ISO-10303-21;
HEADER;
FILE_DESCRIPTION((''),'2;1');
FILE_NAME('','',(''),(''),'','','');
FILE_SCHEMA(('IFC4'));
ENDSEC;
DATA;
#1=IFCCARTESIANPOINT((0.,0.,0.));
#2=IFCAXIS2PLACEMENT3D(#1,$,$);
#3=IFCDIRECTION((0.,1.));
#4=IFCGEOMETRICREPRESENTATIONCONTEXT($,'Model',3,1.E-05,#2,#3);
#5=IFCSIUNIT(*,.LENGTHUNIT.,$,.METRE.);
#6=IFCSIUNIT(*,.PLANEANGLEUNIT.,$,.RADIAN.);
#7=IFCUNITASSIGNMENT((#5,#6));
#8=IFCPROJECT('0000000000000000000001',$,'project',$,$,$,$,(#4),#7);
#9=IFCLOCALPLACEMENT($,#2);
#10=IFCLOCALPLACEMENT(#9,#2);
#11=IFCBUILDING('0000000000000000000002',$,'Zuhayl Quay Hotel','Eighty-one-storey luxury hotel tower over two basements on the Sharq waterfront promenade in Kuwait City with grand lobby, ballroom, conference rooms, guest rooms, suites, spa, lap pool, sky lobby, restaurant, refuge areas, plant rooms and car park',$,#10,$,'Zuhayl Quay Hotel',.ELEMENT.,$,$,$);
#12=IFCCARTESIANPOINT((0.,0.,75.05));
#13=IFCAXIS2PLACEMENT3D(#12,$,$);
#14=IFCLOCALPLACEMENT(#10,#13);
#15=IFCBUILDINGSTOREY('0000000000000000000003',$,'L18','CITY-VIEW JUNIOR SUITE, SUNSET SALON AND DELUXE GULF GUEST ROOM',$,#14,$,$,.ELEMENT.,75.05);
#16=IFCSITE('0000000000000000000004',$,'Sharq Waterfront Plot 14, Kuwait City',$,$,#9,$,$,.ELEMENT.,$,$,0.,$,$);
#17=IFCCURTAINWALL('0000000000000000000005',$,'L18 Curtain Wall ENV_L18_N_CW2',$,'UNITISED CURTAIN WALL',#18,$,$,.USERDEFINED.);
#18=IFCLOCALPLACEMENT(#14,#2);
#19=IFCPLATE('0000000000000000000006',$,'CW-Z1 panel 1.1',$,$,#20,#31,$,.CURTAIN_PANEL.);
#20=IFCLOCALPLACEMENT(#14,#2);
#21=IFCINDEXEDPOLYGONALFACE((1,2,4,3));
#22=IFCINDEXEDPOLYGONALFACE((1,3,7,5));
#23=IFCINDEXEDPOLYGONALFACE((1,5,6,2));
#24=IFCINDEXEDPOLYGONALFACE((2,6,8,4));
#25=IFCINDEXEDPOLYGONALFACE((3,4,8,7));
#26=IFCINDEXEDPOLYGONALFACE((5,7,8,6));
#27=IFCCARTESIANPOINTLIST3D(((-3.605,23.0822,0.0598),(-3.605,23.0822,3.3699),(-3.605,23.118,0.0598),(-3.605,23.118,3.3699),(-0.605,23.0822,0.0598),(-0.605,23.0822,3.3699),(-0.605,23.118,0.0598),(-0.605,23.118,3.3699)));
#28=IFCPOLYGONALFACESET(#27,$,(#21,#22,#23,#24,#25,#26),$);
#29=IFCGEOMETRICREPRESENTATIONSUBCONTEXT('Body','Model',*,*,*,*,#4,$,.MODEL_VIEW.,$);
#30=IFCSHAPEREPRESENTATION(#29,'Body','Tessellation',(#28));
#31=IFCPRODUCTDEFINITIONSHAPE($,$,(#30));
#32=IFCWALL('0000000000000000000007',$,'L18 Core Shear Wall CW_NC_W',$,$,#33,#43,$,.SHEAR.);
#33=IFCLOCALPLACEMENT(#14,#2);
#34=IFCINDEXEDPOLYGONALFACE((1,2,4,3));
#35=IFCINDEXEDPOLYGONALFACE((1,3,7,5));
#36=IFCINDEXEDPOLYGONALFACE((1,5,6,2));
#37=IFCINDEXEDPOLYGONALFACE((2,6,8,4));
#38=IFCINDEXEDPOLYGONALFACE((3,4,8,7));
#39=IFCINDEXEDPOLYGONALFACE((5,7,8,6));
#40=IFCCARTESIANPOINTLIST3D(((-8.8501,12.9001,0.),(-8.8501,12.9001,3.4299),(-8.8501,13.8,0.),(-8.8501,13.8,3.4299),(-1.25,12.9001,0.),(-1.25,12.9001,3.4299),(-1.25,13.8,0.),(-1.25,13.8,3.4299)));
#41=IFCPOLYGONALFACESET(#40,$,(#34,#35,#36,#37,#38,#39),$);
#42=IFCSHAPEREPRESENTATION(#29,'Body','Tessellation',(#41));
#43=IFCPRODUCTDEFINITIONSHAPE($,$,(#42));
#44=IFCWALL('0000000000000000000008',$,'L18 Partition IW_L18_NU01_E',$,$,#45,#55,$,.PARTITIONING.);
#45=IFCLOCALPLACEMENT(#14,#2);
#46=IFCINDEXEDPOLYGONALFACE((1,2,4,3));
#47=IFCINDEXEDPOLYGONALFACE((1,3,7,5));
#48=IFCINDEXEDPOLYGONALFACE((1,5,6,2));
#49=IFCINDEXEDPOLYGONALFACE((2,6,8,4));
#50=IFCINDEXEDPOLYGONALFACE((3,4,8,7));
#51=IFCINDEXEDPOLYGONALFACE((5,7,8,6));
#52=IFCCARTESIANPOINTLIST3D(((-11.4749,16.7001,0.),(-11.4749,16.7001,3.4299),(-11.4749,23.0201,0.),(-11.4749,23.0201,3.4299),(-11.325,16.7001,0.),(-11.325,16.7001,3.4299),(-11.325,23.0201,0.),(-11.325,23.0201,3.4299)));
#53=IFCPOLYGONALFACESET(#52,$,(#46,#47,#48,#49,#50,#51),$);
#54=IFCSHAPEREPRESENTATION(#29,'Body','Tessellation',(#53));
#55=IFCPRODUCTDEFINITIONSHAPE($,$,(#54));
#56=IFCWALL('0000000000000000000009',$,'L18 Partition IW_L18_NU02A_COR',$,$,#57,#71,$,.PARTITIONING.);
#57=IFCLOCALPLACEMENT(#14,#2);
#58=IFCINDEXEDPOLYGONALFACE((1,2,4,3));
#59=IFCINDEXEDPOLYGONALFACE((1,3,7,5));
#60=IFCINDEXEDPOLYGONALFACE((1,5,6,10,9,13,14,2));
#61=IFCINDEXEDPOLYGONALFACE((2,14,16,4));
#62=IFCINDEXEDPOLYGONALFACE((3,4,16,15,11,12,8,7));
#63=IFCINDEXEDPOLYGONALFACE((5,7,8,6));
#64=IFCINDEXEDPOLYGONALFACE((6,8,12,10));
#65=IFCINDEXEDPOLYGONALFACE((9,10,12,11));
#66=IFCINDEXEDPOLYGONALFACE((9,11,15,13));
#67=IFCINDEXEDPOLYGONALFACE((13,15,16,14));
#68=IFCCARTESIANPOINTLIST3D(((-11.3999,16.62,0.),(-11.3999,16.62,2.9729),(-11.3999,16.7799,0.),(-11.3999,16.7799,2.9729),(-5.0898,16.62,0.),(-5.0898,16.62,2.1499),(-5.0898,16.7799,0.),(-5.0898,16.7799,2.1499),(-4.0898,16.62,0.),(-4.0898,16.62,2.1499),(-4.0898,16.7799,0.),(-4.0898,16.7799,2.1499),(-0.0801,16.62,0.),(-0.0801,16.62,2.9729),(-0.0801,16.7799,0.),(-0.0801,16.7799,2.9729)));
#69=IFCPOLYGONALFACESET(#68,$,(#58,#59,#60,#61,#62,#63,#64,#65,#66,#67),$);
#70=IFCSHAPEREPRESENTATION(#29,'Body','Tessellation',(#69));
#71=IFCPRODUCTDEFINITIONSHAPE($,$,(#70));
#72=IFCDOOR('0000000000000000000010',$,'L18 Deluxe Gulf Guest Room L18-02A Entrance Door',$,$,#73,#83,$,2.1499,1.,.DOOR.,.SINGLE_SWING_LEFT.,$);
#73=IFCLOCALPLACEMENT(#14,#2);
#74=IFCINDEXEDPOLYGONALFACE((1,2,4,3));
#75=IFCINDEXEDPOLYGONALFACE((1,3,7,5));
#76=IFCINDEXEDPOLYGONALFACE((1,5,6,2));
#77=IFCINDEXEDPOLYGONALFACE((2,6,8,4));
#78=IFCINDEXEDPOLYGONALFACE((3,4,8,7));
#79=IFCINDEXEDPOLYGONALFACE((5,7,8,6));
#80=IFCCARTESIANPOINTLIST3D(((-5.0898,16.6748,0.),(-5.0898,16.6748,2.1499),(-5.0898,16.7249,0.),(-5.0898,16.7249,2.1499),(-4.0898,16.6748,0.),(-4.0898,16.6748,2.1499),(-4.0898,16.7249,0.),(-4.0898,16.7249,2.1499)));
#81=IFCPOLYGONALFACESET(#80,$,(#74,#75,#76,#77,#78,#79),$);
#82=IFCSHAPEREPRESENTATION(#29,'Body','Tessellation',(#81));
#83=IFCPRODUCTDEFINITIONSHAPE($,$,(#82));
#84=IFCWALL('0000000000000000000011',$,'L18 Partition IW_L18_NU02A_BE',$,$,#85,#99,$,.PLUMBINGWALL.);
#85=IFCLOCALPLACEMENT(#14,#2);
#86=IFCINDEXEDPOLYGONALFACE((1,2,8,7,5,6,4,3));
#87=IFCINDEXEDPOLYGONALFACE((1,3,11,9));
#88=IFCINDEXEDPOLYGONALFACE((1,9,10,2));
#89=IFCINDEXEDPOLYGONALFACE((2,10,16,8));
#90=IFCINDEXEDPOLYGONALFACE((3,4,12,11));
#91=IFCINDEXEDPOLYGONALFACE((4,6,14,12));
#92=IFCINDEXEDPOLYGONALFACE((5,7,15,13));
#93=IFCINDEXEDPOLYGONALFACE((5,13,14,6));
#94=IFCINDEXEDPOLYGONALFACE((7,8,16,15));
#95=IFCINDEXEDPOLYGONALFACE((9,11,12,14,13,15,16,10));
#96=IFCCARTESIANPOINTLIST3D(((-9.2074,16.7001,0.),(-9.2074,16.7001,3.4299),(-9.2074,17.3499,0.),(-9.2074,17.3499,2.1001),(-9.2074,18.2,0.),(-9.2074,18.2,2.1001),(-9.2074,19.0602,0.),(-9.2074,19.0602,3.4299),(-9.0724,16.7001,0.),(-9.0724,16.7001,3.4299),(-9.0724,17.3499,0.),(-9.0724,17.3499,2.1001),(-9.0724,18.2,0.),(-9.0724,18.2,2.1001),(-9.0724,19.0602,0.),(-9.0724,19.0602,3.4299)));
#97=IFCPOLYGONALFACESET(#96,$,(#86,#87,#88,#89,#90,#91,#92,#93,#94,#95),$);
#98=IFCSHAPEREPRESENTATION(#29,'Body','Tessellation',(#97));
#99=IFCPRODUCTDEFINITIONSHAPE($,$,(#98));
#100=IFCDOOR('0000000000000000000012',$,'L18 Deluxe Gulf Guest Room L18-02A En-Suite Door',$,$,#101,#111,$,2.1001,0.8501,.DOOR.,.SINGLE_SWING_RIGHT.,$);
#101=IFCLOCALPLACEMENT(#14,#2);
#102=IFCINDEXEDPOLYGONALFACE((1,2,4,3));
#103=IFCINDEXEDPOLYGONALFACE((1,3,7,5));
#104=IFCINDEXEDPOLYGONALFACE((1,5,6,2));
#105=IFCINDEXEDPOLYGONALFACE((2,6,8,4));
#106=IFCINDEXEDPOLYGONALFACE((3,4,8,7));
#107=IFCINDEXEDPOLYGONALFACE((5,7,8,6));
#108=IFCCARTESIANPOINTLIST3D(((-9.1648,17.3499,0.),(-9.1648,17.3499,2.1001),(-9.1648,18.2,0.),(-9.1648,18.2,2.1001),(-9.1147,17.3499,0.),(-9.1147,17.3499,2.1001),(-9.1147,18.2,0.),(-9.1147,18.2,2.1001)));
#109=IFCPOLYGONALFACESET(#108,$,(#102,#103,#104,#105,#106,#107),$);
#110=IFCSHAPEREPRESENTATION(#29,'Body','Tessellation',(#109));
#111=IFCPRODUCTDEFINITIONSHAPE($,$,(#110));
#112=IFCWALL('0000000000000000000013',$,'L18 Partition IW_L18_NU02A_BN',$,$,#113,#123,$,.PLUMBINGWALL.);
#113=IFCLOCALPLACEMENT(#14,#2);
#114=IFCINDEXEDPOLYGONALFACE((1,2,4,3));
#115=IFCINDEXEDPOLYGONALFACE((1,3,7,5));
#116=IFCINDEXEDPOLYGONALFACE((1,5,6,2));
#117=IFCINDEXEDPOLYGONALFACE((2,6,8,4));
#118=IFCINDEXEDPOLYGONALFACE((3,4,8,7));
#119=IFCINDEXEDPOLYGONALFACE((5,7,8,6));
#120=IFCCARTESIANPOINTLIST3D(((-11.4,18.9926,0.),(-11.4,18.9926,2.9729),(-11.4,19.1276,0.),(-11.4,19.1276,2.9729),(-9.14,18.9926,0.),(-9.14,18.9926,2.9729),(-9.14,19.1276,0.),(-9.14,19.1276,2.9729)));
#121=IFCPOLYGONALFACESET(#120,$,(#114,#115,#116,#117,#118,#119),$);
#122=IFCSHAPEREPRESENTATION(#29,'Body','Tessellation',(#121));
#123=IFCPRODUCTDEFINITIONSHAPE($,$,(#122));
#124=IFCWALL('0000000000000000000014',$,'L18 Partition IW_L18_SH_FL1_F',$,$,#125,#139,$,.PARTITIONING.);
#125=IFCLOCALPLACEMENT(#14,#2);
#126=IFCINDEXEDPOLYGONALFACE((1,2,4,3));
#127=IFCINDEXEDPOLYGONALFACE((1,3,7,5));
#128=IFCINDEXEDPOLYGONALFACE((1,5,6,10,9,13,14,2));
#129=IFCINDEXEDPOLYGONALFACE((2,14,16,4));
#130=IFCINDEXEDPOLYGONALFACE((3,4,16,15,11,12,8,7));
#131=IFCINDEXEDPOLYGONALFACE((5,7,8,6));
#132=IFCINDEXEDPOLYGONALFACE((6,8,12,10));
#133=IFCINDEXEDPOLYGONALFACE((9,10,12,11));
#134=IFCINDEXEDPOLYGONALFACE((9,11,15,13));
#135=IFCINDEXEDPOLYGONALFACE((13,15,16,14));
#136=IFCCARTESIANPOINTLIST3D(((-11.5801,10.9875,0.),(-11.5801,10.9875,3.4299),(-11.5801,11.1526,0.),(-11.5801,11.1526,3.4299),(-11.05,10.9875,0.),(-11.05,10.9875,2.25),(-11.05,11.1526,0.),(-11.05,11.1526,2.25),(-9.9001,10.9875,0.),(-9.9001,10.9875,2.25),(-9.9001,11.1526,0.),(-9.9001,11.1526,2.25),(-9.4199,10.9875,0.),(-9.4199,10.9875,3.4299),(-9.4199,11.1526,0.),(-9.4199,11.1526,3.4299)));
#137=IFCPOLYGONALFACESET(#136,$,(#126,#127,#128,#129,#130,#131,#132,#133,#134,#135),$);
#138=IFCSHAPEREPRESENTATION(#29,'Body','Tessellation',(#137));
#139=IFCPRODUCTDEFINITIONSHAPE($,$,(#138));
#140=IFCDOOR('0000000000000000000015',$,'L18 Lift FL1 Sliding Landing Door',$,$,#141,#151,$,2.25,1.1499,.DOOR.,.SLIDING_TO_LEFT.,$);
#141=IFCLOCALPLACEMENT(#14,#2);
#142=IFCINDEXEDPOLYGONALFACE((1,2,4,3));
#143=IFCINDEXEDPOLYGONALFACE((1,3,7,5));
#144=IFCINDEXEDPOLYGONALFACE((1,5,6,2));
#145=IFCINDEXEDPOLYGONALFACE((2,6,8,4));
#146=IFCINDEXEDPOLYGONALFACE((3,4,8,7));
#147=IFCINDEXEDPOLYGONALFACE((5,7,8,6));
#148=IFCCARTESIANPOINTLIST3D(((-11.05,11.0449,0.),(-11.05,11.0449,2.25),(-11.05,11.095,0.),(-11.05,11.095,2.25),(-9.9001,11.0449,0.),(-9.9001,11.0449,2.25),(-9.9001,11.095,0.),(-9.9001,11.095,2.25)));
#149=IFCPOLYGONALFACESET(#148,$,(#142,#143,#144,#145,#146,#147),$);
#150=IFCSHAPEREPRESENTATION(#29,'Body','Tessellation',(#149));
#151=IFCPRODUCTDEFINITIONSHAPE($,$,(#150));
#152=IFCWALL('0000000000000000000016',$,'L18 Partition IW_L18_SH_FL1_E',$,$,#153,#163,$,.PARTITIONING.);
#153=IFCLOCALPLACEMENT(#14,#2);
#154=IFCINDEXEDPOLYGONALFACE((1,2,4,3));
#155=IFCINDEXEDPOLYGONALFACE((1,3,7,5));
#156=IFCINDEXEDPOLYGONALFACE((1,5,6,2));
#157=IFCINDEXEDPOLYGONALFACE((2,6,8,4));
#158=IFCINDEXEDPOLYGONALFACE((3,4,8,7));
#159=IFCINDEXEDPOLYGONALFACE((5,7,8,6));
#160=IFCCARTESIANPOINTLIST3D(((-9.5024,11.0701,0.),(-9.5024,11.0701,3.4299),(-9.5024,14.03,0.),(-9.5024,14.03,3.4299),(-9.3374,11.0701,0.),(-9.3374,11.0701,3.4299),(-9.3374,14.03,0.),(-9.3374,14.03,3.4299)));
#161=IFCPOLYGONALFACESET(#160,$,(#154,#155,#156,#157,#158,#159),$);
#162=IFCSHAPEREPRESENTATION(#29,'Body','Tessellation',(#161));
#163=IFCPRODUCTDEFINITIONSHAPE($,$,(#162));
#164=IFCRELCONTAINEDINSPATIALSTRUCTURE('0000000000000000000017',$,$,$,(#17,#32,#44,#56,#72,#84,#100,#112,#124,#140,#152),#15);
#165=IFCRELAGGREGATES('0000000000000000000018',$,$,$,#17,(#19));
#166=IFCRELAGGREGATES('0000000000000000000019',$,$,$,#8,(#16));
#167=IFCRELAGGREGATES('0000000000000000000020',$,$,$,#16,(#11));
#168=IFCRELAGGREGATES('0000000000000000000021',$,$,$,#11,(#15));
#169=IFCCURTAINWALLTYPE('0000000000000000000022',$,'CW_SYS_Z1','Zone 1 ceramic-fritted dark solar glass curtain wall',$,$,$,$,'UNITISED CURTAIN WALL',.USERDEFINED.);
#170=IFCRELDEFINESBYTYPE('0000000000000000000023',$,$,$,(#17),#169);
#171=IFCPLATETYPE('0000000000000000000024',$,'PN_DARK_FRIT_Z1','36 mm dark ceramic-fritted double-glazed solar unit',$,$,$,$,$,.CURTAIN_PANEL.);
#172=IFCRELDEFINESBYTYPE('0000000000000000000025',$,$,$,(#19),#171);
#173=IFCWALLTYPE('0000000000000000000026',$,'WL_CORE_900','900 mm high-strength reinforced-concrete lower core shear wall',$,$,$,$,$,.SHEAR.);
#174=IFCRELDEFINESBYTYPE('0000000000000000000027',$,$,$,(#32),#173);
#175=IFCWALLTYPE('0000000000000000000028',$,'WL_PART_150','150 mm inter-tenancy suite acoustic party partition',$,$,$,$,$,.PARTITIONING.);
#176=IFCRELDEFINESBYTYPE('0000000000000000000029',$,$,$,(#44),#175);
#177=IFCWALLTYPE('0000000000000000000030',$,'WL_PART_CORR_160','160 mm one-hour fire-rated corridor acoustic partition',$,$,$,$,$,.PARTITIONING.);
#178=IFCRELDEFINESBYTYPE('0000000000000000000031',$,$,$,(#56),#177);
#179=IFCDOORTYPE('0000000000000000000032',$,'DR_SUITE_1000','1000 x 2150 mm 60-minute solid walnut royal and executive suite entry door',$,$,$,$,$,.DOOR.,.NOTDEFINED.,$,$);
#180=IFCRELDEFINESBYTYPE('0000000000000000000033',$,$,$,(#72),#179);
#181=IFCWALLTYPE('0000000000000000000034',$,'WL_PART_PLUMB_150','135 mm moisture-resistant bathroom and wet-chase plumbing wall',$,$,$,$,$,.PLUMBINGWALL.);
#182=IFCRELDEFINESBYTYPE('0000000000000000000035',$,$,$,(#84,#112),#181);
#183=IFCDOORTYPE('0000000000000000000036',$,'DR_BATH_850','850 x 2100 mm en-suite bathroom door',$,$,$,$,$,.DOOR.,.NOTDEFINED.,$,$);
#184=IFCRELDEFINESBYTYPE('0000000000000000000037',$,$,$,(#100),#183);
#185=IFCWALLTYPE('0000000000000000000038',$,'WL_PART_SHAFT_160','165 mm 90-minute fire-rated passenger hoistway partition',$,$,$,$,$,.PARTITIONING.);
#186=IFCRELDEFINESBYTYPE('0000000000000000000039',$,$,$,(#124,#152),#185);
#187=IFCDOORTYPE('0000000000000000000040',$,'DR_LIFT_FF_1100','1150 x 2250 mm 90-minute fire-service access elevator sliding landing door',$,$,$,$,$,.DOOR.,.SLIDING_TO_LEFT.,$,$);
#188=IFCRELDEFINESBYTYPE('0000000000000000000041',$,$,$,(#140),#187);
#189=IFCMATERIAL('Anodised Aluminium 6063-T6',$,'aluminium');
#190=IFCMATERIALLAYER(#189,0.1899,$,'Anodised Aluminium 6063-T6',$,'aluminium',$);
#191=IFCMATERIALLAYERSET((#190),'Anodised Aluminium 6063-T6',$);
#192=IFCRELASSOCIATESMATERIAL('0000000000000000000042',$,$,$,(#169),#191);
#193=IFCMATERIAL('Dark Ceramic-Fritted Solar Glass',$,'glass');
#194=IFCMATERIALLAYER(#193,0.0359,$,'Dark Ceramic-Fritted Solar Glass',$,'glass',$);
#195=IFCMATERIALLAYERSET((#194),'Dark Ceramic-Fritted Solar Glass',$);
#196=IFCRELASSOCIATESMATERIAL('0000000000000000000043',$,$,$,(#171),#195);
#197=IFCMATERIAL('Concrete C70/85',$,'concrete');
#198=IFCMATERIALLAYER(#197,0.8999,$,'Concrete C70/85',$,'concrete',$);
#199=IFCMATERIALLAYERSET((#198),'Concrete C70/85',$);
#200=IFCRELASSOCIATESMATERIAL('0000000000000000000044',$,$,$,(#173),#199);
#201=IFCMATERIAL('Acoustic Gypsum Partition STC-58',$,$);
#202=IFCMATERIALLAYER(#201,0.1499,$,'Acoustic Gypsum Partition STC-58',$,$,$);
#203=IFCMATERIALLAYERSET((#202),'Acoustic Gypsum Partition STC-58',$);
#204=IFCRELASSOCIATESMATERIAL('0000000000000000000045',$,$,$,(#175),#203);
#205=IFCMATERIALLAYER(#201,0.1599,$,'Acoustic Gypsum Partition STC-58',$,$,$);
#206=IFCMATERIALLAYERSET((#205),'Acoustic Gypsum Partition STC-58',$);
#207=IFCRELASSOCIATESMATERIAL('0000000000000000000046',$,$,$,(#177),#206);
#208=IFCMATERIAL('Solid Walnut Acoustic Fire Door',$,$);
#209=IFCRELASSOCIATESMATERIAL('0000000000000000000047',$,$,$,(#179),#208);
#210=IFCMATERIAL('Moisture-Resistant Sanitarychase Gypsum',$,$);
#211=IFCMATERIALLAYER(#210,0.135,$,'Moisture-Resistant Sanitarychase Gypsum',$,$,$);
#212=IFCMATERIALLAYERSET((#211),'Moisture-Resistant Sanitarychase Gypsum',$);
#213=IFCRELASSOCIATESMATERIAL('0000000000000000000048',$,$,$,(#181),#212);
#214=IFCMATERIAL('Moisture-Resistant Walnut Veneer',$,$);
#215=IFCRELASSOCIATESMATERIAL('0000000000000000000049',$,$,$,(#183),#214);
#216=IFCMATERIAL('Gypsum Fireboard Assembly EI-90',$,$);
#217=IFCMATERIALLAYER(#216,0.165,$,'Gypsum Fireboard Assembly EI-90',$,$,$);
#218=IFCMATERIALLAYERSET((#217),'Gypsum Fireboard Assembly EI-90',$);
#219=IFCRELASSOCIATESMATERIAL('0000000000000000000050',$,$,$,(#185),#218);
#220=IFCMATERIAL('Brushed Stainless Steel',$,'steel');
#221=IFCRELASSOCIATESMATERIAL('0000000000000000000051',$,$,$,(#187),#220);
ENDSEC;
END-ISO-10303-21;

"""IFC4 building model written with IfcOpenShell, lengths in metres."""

from ifc_helpers import new_model, si_unit, direction, frame, frame_2d, origin, origin_2d, place, context, subcontext, project, spatial, rectangle, extrude, material, layer, layer_set, type_object, element, fill, aggregate, save


model = new_model("IFC4")

# Units and contexts
model_context = context("Model", 3, precision=1e-05, world=origin(), true_north=direction((0.0, 1.0)))
body_context = subcontext(model_context, "Body", "Model", "MODEL_VIEW")
ifc_project = project(units=[si_unit("LENGTHUNIT", "METRE"), si_unit("PLANEANGLEUNIT", "RADIAN")], contexts=[model_context])

# Site, building, storey
site_placement = place(None, origin())
site = spatial("IfcSite", under=ifc_project, at=site_placement, Name="Sharq Waterfront Plot 14, Kuwait City", CompositionType="ELEMENT", RefElevation=0.0)
building_placement = place(site_placement, origin())
building = spatial("IfcBuilding", under=site, at=building_placement, Name="Zuhayl Quay Hotel", Description="Eighty-one-storey luxury hotel tower over two basements on the Sharq waterfront promenade in Kuwait City with grand lobby, ballroom, conference rooms, guest rooms, suites, spa, lap pool, sky lobby, restaurant, refuge areas, plant rooms and car park", LongName="Zuhayl Quay Hotel", CompositionType="ELEMENT")
storey_placement = place(building_placement, frame((0.0, 0.0, 75.05)))
storey = spatial("IfcBuildingStorey", under=building, at=storey_placement, Name="L18", Description="CITY-VIEW JUNIOR SUITE, SUNSET SALON AND DELUXE GULF GUEST ROOM", CompositionType="ELEMENT", Elevation=75.05)

# Shared definitions
ifc_material_1 = material(Name="Concrete C70/85", Category="concrete")

# Curtain wall, plate
ifc_material_2 = material(Name="Anodised Aluminium 6063-T6", Category="aluminium")
ifc_layer_1 = layer(ifc_material_2, 0.1899, Name="Anodised Aluminium 6063-T6", Category="aluminium")
ifc_layer_set_1 = layer_set([ifc_layer_1], Name="Anodised Aluminium 6063-T6")
curtain_wall_type = type_object("IfcCurtainWallType", Name="CW_SYS_Z1", Description="Zone 1 ceramic-fritted dark solar glass curtain wall", ElementType="UNITISED CURTAIN WALL", PredefinedType="USERDEFINED", material=ifc_layer_set_1)
curtain_wall_placement = place(storey_placement, origin())
curtain_wall = element("IfcCurtainWall", 1, at=curtain_wall_placement, inside=storey, type_object=curtain_wall_type, Name="L18 Curtain Wall ENV_L18_N_CW2", ObjectType="UNITISED CURTAIN WALL", PredefinedType="USERDEFINED")
ifc_material_3 = material(Name="Dark Ceramic-Fritted Solar Glass", Category="glass")
ifc_layer_2 = layer(ifc_material_3, 0.0359, Name="Dark Ceramic-Fritted Solar Glass", Category="glass")
ifc_layer_set_2 = layer_set([ifc_layer_2], Name="Dark Ceramic-Fritted Solar Glass")
plate_type = type_object("IfcPlateType", Name="PN_DARK_FRIT_Z1", Description="36 mm dark ceramic-fritted double-glazed solar unit", PredefinedType="CURTAIN_PANEL", material=ifc_layer_set_2)
plate_placement = place(storey_placement, frame((-2.105, 23.1001, 0.0598), z_axis=(0.0, 0.0, 1.0), x_axis=(1.0, 0.0, 0.0)))
plate = element("IfcPlate", 2, at=plate_placement, type_object=plate_type, Name="CW-Z1 panel 1.1", PredefinedType="CURTAIN_PANEL", context=body_context, shape_type="SweptSolid", body=[
    extrude(rectangle(XDim=3.0, YDim=0.0359, at=origin_2d()), origin(), (0.0, 0.0, 1.0), 3.3101),
])
aggregate(curtain_wall, [plate])

# Walls
ifc_layer_3 = layer(ifc_material_1, 0.8999, Name="Concrete C70/85", Category="concrete")
ifc_layer_set_3 = layer_set([ifc_layer_3], Name="Concrete C70/85")
wall_type_1 = type_object("IfcWallType", Name="WL_CORE_900", Description="900 mm high-strength reinforced-concrete lower core shear wall", PredefinedType="SHEAR", material=ifc_layer_set_3)
wall_1_placement = place(storey_placement, frame((-8.8501, 13.3501, 0.0), z_axis=(0.0, 0.0, 1.0), x_axis=(1.0, 0.0, 0.0)))
element("IfcWall", 3, at=wall_1_placement, inside=storey, type_object=wall_type_1, Name="L18 Core Shear Wall CW_NC_W", PredefinedType="SHEAR", context=body_context, shape_type="SweptSolid", body=[
    extrude(rectangle(XDim=7.6001, YDim=0.8999, at=frame_2d((3.8, 0.0))), origin(), (0.0, 0.0, 1.0), 3.4299),
])
ifc_material_4 = material(Name="Acoustic Gypsum Partition STC-58")
ifc_layer_4 = layer(ifc_material_4, 0.1499, Name="Acoustic Gypsum Partition STC-58")
ifc_layer_set_4 = layer_set([ifc_layer_4], Name="Acoustic Gypsum Partition STC-58")
wall_type_2 = type_object("IfcWallType", Name="WL_PART_150", Description="150 mm inter-tenancy suite acoustic party partition", PredefinedType="PARTITIONING", material=ifc_layer_set_4)
wall_2_placement = place(storey_placement, frame((-11.3999, 16.7, 0.0), z_axis=(0.0, 0.0, 1.0), x_axis=(0.0, 1.0, 0.0)))
element("IfcWall", 4, at=wall_2_placement, inside=storey, type_object=wall_type_2, Name="L18 Partition IW_L18_NU01_E", PredefinedType="PARTITIONING", context=body_context, shape_type="SweptSolid", body=[
    extrude(rectangle(XDim=6.3201, YDim=0.1499, at=frame_2d((3.1602, 0.0))), origin(), (0.0, 0.0, 1.0), 3.4299),
])

# Walls, openings, doors
ifc_layer_5 = layer(ifc_material_4, 0.1599, Name="Acoustic Gypsum Partition STC-58")
ifc_layer_set_5 = layer_set([ifc_layer_5], Name="Acoustic Gypsum Partition STC-58")
wall_type_3 = type_object("IfcWallType", Name="WL_PART_CORR_160", Description="160 mm one-hour fire-rated corridor acoustic partition", PredefinedType="PARTITIONING", material=ifc_layer_set_5)
wall_3_placement = place(storey_placement, frame((-11.3999, 16.7, 0.0), z_axis=(0.0, 0.0, 1.0), x_axis=(1.0, 0.0, 0.0)))
wall_3 = element("IfcWall", 5, at=wall_3_placement, inside=storey, type_object=wall_type_3, Name="L18 Partition IW_L18_NU02A_COR", PredefinedType="PARTITIONING", context=body_context, shape_type="SweptSolid", body=[
    extrude(rectangle(XDim=11.3198, YDim=0.1599, at=frame_2d((5.6599, 0.0))), origin(), (0.0, 0.0, 1.0), 2.9729),
])
opening_1_placement = place(wall_3_placement, frame((6.3101, 0.0, 0.0)))
opening_1 = element("IfcOpeningElement", 6, at=opening_1_placement, cuts=wall_3, PredefinedType="OPENING", context=body_context, shape_type="SweptSolid", body=[
    extrude(rectangle(XDim=1.0, YDim=2.1499, at=frame_2d((0.5, 1.075))), frame((0.0, 0.0898, 0.0), z_axis=(0.0, -1.0, 0.0), x_axis=(1.0, 0.0, 0.0)), (0.0, 0.0, 1.0), 0.1799),
])
ifc_material_5 = material(Name="Solid Walnut Acoustic Fire Door")
door_type_1 = type_object("IfcDoorType", Name="DR_SUITE_1000", Description="1000 x 2150 mm 60-minute solid walnut royal and executive suite entry door", OperationType="NOTDEFINED", PredefinedType="DOOR", material=ifc_material_5)
door_1_placement = place(opening_1_placement, origin())
door_1 = element("IfcDoor", 7, at=door_1_placement, inside=storey, type_object=door_type_1, Name="L18 Deluxe Gulf Guest Room L18-02A Entrance Door", OperationType="SINGLE_SWING_LEFT", OverallHeight=2.1499, OverallWidth=1.0, PredefinedType="DOOR", context=body_context, shape_type="SweptSolid", body=[
    extrude(rectangle(XDim=1.0, YDim=2.1499, at=frame_2d((0.5, 1.075))), frame((0.0, 0.0249, 0.0), z_axis=(0.0, -1.0, 0.0), x_axis=(1.0, 0.0, 0.0)), (0.0, 0.0, 1.0), 0.05),
])
fill(opening_1, door_1)
ifc_material_6 = material(Name="Moisture-Resistant Sanitarychase Gypsum")
ifc_layer_6 = layer(ifc_material_6, 0.135, Name="Moisture-Resistant Sanitarychase Gypsum")
ifc_layer_set_6 = layer_set([ifc_layer_6], Name="Moisture-Resistant Sanitarychase Gypsum")
wall_type_4 = type_object("IfcWallType", Name="WL_PART_PLUMB_150", Description="135 mm moisture-resistant bathroom and wet-chase plumbing wall", PredefinedType="PLUMBINGWALL", material=ifc_layer_set_6)
wall_4_placement = place(storey_placement, frame((-9.1399, 16.7, 0.0), z_axis=(0.0, 0.0, 1.0), x_axis=(0.0, 1.0, 0.0)))
wall_4 = element("IfcWall", 8, at=wall_4_placement, inside=storey, type_object=wall_type_4, Name="L18 Partition IW_L18_NU02A_BE", PredefinedType="PLUMBINGWALL", context=body_context, shape_type="SweptSolid", body=[
    extrude(rectangle(XDim=2.3601, YDim=0.135, at=frame_2d((1.1802, 0.0))), origin(), (0.0, 0.0, 1.0), 3.4299),
])
opening_2_placement = place(wall_4_placement, frame((0.6499, 0.0, 0.0)))
opening_2 = element("IfcOpeningElement", 9, at=opening_2_placement, cuts=wall_4, PredefinedType="OPENING", context=body_context, shape_type="SweptSolid", body=[
    extrude(rectangle(XDim=0.8501, YDim=2.1001, at=frame_2d((0.425, 1.05))), frame((0.0, 0.0774, 0.0), z_axis=(0.0, -1.0, 0.0), x_axis=(1.0, 0.0, 0.0)), (0.0, 0.0, 1.0), 0.155),
])
ifc_material_7 = material(Name="Moisture-Resistant Walnut Veneer")
door_type_2 = type_object("IfcDoorType", Name="DR_BATH_850", Description="850 x 2100 mm en-suite bathroom door", OperationType="NOTDEFINED", PredefinedType="DOOR", material=ifc_material_7)
door_2_placement = place(opening_2_placement, origin())
door_2 = element("IfcDoor", 10, at=door_2_placement, inside=storey, type_object=door_type_2, Name="L18 Deluxe Gulf Guest Room L18-02A En-Suite Door", OperationType="SINGLE_SWING_RIGHT", OverallHeight=2.1001, OverallWidth=0.8501, PredefinedType="DOOR", context=body_context, shape_type="SweptSolid", body=[
    extrude(rectangle(XDim=0.8501, YDim=2.1001, at=frame_2d((0.425, 1.05))), frame((0.0, 0.0249, 0.0), z_axis=(0.0, -1.0, 0.0), x_axis=(1.0, 0.0, 0.0)), (0.0, 0.0, 1.0), 0.05),
])
fill(opening_2, door_2)

# Wall
wall_5_placement = place(storey_placement, frame((-11.3999, 19.0601, 0.0), z_axis=(0.0, 0.0, 1.0), x_axis=(1.0, 0.0, 0.0)))
element("IfcWall", 11, at=wall_5_placement, inside=storey, type_object=wall_type_4, Name="L18 Partition IW_L18_NU02A_BN", PredefinedType="PLUMBINGWALL", context=body_context, shape_type="SweptSolid", body=[
    extrude(rectangle(XDim=2.26, YDim=0.135, at=frame_2d((1.1299, 0.0))), origin(), (0.0, 0.0, 1.0), 2.9729),
])

# Wall, opening, door
ifc_material_8 = material(Name="Gypsum Fireboard Assembly EI-90")
ifc_layer_7 = layer(ifc_material_8, 0.165, Name="Gypsum Fireboard Assembly EI-90")
ifc_layer_set_7 = layer_set([ifc_layer_7], Name="Gypsum Fireboard Assembly EI-90")
wall_type_5 = type_object("IfcWallType", Name="WL_PART_SHAFT_160", Description="165 mm 90-minute fire-rated passenger hoistway partition", PredefinedType="PARTITIONING", material=ifc_layer_set_7)
wall_6_placement = place(storey_placement, frame((-11.5801, 11.0701, 0.0), z_axis=(0.0, 0.0, 1.0), x_axis=(1.0, 0.0, 0.0)))
wall_6 = element("IfcWall", 12, at=wall_6_placement, inside=storey, type_object=wall_type_5, Name="L18 Partition IW_L18_SH_FL1_F", PredefinedType="PARTITIONING", context=body_context, shape_type="SweptSolid", body=[
    extrude(rectangle(XDim=2.1602, YDim=0.165, at=frame_2d((1.0801, 0.0))), origin(), (0.0, 0.0, 1.0), 3.4299),
])
opening_3_placement = place(wall_6_placement, frame((0.53, 0.0, 0.0)))
opening_3 = element("IfcOpeningElement", 13, at=opening_3_placement, cuts=wall_6, PredefinedType="OPENING", context=body_context, shape_type="SweptSolid", body=[
    extrude(rectangle(XDim=1.1499, YDim=2.25, at=frame_2d((0.575, 1.125))), frame((0.0, 0.0925, 0.0), z_axis=(0.0, -1.0, 0.0), x_axis=(1.0, 0.0, 0.0)), (0.0, 0.0, 1.0), 0.1851),
])
ifc_material_9 = material(Name="Brushed Stainless Steel", Category="steel")
door_type_3 = type_object("IfcDoorType", Name="DR_LIFT_FF_1100", Description="1150 x 2250 mm 90-minute fire-service access elevator sliding landing door", OperationType="SLIDING_TO_LEFT", PredefinedType="DOOR", material=ifc_material_9)
door_3_placement = place(opening_3_placement, origin())
door_3 = element("IfcDoor", 14, at=door_3_placement, inside=storey, type_object=door_type_3, Name="L18 Lift FL1 Sliding Landing Door", OperationType="SLIDING_TO_LEFT", OverallHeight=2.25, OverallWidth=1.1499, PredefinedType="DOOR", context=body_context, shape_type="SweptSolid", body=[
    extrude(rectangle(XDim=1.1499, YDim=2.25, at=frame_2d((0.575, 1.125))), frame((0.0, 0.0249, 0.0), z_axis=(0.0, -1.0, 0.0), x_axis=(1.0, 0.0, 0.0)), (0.0, 0.0, 1.0), 0.05),
])
fill(opening_3, door_3)

# Wall
wall_7_placement = place(storey_placement, frame((-9.4199, 11.0701, 0.0), z_axis=(0.0, 0.0, 1.0), x_axis=(0.0, 1.0, 0.0)))
element("IfcWall", 15, at=wall_7_placement, inside=storey, type_object=wall_type_5, Name="L18 Partition IW_L18_SH_FL1_E", PredefinedType="PARTITIONING", context=body_context, shape_type="SweptSolid", body=[
    extrude(rectangle(XDim=2.96, YDim=0.165, at=frame_2d((1.48, 0.0))), origin(), (0.0, 0.0, 1.0), 3.4299),
])

save(model, "model.ifc")
